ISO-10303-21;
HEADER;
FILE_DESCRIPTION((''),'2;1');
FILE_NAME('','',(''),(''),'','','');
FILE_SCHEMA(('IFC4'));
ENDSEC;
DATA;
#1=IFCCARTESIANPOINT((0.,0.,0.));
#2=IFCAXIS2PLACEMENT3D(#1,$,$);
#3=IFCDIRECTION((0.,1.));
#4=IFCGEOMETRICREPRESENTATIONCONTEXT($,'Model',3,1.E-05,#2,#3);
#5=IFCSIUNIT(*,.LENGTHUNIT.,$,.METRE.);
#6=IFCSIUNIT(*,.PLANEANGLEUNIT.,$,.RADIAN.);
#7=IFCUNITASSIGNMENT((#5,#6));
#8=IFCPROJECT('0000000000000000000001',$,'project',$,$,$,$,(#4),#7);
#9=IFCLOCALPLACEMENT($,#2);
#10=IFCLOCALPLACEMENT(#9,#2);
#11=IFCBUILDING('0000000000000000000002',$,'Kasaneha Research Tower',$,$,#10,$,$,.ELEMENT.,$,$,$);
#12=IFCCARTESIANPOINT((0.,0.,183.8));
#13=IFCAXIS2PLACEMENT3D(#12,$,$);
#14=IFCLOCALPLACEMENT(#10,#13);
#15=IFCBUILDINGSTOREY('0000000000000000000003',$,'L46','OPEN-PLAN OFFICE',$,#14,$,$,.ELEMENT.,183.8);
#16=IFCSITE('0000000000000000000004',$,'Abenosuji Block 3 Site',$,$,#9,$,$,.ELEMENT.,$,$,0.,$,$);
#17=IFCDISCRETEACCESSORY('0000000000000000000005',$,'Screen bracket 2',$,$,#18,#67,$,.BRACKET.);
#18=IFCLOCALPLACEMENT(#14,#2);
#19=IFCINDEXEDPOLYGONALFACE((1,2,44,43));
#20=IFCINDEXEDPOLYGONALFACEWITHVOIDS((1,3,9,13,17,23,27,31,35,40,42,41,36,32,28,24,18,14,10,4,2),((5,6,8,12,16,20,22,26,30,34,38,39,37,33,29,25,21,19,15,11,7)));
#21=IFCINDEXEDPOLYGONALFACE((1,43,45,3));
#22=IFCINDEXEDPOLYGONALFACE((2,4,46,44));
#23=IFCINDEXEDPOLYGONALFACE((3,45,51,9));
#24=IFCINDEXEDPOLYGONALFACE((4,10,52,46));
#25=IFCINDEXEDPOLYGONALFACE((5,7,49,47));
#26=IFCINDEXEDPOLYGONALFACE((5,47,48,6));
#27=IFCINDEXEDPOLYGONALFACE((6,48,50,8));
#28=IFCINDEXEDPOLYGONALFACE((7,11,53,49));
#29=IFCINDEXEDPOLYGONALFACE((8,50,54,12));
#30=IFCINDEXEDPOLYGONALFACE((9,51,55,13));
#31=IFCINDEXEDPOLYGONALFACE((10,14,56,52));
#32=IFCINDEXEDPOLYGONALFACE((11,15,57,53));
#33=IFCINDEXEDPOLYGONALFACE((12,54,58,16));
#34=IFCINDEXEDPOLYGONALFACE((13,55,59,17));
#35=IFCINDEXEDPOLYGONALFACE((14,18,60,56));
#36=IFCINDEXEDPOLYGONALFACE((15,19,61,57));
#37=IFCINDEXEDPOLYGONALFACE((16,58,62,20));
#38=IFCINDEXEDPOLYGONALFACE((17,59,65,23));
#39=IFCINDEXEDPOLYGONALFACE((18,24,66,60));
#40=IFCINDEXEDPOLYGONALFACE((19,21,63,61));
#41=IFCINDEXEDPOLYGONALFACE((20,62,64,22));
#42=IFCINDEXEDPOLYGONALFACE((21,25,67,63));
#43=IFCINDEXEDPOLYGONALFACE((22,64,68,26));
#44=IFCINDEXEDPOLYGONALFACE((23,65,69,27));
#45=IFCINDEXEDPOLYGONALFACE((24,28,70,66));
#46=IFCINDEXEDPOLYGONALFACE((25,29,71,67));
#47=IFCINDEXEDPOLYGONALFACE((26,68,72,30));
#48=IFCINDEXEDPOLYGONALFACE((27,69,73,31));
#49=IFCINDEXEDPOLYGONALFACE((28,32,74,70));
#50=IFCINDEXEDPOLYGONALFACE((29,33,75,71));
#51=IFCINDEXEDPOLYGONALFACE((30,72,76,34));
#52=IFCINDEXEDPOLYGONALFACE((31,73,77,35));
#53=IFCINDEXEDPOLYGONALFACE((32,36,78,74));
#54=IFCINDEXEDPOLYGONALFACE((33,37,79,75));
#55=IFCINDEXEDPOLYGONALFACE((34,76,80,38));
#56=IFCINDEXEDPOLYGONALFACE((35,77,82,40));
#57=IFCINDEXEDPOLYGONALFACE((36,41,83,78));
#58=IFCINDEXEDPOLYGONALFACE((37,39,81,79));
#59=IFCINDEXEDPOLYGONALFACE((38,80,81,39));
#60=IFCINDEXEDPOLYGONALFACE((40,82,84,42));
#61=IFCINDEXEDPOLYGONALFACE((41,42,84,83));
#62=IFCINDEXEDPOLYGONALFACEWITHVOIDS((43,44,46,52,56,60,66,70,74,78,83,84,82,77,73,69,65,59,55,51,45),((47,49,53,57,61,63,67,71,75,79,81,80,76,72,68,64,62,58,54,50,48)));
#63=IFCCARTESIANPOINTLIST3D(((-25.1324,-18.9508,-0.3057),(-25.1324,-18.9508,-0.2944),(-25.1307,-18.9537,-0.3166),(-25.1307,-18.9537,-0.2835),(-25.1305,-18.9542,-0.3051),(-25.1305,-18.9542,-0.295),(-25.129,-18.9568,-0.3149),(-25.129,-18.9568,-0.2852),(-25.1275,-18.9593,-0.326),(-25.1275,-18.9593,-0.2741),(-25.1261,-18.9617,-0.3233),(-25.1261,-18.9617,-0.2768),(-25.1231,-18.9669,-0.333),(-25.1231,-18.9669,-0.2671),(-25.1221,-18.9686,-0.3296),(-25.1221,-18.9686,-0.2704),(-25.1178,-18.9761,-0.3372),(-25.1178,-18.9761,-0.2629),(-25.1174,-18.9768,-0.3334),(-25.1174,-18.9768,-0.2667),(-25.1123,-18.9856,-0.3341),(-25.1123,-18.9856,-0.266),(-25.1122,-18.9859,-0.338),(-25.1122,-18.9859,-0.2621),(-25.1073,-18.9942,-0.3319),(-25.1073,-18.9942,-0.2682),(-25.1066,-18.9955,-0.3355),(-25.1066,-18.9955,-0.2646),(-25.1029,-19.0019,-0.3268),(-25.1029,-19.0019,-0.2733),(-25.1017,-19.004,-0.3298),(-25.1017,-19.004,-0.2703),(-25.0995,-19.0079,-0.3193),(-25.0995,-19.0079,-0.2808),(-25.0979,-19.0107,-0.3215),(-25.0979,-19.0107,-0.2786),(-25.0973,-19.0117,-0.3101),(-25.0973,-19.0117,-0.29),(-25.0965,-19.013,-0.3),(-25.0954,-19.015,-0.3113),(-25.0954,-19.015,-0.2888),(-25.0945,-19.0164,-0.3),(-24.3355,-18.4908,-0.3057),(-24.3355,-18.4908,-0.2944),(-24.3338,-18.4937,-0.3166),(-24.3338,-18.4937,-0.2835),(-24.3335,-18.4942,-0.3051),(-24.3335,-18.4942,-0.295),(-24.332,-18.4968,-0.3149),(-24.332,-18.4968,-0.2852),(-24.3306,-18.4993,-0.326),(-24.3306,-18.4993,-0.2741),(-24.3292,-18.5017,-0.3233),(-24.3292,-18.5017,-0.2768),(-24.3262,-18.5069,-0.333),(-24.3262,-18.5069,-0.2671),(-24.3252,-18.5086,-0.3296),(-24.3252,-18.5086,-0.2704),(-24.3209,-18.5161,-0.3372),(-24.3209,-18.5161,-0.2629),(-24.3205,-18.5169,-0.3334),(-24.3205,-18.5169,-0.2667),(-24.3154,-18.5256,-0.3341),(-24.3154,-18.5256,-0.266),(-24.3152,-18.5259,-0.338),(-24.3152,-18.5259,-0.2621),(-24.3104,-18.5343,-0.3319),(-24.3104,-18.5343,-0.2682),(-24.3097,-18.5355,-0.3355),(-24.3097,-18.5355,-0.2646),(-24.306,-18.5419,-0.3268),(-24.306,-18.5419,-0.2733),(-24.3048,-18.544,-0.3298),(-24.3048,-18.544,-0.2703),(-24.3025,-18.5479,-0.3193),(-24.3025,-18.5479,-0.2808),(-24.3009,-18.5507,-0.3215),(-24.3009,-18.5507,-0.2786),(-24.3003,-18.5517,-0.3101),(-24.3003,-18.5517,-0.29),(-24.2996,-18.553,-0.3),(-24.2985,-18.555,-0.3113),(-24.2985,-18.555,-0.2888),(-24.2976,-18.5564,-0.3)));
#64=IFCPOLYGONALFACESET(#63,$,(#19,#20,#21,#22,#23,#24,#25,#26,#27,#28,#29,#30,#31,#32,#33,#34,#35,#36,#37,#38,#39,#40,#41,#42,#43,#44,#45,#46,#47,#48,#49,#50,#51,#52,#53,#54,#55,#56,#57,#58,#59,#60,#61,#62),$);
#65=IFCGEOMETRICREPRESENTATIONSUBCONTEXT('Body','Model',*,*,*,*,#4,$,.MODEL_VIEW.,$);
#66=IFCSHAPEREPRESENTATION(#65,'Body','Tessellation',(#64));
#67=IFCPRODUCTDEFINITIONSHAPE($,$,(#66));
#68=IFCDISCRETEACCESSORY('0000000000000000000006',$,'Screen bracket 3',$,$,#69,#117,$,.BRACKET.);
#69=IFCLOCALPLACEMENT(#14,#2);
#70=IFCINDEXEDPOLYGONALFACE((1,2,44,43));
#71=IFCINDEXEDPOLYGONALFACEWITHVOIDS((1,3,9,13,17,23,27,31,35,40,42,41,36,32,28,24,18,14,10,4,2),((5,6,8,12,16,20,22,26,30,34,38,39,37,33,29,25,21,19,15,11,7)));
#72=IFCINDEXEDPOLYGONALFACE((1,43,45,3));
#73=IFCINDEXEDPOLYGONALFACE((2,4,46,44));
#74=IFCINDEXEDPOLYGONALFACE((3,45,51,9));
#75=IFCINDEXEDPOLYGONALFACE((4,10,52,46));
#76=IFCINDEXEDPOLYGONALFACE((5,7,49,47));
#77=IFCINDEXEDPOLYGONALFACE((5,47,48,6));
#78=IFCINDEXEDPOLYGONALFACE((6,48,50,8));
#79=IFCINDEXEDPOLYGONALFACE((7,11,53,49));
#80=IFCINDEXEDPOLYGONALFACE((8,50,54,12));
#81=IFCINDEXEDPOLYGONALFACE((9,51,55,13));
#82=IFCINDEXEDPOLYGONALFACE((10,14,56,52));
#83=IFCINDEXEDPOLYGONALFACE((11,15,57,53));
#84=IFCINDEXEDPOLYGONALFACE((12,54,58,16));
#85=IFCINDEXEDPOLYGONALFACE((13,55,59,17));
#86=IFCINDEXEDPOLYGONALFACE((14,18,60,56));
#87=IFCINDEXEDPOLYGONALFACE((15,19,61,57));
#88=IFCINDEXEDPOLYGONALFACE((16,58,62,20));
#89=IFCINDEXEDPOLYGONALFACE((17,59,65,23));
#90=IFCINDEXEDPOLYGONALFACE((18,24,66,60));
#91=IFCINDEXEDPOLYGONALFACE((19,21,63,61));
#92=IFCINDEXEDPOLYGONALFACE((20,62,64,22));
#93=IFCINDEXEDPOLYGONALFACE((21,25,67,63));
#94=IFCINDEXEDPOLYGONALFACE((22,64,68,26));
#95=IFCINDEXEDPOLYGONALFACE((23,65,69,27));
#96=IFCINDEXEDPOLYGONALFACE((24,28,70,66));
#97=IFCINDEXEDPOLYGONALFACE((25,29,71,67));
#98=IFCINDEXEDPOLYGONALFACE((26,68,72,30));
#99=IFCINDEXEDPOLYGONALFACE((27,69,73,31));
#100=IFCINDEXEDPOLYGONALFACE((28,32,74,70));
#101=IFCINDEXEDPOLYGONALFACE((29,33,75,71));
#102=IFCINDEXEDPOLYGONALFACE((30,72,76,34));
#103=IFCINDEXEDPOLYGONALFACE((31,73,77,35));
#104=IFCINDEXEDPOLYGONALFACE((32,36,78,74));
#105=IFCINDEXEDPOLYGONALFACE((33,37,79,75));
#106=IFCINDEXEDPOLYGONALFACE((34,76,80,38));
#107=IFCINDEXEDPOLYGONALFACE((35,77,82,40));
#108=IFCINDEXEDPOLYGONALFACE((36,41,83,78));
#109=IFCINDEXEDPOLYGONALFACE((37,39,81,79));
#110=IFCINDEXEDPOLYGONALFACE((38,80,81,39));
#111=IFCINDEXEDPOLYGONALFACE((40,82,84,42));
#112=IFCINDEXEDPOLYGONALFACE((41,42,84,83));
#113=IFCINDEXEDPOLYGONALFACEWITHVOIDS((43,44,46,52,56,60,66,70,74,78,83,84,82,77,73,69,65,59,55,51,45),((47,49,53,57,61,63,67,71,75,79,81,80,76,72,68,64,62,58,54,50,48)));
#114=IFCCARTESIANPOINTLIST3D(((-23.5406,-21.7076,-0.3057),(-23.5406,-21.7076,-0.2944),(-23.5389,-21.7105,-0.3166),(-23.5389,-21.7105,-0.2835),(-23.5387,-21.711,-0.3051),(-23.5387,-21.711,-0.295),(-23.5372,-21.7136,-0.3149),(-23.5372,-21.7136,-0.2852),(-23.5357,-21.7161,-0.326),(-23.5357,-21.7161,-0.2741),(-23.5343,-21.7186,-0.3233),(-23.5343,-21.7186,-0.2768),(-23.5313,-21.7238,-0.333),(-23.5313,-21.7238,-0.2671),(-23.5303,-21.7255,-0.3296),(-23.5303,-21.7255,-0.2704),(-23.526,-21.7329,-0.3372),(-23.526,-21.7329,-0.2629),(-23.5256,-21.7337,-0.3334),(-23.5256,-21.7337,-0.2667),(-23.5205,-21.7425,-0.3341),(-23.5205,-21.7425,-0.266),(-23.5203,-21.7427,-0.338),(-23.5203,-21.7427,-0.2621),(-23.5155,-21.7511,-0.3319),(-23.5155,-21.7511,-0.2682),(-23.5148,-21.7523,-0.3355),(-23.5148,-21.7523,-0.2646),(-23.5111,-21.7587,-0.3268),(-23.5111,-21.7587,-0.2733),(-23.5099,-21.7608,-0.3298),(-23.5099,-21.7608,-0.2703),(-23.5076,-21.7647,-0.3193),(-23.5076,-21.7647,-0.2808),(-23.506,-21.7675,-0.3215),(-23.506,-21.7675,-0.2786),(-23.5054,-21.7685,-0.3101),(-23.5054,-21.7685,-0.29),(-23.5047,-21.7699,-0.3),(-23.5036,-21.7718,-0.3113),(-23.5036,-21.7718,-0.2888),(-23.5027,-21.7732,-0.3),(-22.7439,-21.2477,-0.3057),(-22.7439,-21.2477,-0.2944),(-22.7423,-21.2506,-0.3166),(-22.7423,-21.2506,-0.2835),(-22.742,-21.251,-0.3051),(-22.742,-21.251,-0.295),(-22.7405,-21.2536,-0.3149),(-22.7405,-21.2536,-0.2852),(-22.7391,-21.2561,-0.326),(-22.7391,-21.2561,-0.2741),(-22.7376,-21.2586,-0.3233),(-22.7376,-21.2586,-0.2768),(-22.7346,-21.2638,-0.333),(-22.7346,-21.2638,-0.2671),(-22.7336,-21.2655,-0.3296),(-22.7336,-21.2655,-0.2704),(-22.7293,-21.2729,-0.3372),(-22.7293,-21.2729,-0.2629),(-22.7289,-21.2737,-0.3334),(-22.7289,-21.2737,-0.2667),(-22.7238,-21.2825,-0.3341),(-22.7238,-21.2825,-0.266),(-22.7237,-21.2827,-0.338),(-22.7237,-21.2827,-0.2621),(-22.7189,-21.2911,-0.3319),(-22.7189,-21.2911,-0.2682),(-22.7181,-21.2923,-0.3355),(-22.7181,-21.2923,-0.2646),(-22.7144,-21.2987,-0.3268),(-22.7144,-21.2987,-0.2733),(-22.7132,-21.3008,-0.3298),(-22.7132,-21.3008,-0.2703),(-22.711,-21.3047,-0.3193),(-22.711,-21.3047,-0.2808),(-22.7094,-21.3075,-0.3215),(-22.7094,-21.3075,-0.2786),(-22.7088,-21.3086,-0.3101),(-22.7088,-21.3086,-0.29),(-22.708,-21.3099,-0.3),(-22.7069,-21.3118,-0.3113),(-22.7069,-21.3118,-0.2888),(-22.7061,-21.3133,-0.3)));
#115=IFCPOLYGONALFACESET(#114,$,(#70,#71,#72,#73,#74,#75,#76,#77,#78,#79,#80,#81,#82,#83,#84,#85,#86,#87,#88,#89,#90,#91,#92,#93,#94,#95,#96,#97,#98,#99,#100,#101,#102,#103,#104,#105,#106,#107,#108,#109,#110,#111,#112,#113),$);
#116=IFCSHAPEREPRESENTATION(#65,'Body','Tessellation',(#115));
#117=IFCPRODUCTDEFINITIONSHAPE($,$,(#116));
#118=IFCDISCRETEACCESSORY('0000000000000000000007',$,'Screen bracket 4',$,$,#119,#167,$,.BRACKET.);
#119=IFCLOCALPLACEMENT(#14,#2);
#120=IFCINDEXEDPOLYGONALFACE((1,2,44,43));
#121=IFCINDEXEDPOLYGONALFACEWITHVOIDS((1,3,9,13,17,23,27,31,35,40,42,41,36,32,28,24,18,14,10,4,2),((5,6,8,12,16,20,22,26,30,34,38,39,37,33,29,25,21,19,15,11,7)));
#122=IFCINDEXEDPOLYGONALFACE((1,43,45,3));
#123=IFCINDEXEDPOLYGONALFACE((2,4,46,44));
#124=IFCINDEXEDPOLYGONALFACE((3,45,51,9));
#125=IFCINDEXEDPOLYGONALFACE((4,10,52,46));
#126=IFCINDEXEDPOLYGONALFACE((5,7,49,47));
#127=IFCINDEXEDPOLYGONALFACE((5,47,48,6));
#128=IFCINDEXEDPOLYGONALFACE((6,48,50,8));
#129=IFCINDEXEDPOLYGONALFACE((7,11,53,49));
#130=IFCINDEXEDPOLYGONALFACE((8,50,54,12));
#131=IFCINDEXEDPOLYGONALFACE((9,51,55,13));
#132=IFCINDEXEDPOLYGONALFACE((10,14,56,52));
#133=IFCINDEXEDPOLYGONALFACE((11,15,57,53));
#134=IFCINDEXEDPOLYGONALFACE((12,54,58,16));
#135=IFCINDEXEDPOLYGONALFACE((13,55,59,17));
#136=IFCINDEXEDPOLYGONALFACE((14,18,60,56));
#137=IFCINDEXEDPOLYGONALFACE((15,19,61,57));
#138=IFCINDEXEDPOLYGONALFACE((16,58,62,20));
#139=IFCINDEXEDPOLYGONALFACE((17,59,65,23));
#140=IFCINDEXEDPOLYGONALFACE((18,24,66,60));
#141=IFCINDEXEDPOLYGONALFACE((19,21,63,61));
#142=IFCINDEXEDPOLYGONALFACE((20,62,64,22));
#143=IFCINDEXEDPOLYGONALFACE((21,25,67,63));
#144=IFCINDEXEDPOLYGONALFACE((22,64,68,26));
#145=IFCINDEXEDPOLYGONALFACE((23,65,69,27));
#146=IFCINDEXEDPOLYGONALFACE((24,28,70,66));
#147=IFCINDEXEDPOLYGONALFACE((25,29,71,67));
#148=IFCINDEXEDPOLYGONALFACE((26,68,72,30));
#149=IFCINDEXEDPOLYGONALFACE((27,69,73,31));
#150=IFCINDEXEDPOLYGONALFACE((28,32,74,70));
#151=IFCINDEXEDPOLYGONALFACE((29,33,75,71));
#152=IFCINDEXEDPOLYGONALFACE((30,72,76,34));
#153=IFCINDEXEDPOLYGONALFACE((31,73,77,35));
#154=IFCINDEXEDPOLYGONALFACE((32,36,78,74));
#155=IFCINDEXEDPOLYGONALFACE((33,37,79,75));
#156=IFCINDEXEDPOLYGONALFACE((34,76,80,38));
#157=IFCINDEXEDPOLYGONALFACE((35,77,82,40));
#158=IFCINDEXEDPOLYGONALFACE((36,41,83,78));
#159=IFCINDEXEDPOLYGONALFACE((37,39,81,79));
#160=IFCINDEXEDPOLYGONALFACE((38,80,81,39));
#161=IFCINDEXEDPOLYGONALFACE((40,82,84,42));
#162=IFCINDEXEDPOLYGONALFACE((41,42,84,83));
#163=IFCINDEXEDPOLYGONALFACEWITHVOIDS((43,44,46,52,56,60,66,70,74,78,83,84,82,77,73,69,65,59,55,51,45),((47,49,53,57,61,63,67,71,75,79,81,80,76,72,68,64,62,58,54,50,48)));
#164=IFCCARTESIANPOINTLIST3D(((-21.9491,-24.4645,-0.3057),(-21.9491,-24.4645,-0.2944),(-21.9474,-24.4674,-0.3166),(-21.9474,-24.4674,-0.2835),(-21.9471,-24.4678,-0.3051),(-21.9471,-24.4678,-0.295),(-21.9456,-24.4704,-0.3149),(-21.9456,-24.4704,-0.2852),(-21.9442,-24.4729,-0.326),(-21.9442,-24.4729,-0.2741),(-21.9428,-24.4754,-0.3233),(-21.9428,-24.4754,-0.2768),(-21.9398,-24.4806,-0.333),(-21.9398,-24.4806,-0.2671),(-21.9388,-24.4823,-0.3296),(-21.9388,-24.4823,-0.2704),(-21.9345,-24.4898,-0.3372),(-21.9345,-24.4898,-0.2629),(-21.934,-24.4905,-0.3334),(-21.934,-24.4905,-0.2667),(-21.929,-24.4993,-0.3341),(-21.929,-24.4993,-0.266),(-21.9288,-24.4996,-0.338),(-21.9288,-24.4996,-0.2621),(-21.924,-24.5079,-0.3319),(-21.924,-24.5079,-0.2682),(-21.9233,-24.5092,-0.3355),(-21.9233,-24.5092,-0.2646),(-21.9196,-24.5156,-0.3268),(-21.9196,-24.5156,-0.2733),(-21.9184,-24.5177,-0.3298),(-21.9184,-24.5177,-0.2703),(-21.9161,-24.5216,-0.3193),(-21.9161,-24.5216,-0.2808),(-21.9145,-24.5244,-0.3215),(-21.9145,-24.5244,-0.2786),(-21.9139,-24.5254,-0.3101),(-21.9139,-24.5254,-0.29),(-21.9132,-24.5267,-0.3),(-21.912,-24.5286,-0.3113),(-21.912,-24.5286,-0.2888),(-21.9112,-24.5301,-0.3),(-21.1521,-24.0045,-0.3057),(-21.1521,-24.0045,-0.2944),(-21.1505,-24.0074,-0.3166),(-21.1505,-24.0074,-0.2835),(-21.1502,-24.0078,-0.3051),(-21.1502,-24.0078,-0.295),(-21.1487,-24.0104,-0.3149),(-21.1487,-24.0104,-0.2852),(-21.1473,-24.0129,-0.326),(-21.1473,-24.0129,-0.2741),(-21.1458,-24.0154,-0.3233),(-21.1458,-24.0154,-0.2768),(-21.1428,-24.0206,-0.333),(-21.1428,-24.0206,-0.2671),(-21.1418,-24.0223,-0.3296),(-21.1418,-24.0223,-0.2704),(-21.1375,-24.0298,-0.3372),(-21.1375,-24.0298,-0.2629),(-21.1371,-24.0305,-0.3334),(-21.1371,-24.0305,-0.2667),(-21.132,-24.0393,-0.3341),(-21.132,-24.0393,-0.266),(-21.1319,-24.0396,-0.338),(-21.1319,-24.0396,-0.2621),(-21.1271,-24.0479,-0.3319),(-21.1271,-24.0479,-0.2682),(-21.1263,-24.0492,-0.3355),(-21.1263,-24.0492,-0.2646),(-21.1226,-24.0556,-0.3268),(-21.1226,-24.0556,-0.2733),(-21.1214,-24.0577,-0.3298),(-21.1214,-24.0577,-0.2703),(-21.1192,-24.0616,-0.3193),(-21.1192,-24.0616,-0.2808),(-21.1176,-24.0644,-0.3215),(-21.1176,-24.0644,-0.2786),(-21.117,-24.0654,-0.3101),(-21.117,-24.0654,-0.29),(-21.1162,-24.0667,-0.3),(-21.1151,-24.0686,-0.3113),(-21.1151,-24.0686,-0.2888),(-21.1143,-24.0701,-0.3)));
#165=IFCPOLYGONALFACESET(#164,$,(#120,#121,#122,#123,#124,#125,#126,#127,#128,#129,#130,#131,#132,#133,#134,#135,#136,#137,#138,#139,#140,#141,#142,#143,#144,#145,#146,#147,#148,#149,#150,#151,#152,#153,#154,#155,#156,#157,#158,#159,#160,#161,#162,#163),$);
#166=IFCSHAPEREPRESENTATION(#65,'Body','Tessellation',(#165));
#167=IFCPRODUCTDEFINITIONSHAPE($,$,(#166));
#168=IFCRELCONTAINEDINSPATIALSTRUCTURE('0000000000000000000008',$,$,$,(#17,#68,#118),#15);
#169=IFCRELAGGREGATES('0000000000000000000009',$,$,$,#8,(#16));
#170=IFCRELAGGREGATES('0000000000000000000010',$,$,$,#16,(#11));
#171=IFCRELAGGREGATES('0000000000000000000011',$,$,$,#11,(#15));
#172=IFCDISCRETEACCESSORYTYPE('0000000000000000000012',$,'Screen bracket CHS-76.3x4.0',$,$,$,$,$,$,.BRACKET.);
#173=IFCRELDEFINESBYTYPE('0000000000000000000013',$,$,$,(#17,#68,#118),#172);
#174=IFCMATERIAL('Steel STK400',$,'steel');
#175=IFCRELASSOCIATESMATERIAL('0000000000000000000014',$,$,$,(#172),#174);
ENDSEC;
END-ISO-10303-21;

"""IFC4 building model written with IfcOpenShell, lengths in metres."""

from ifc_helpers import new_model, si_unit, direction, frame, origin, origin_2d, place, context, subcontext, project, spatial, hollow_circle, extrude, material, material_profile, profile_set, type_object, element, save


model = new_model("IFC4")

# Units and contexts
model_context = context("Model", 3, precision=1e-05, world=origin(), true_north=direction((0.0, 1.0)))
body_context = subcontext(model_context, "Body", "Model", "MODEL_VIEW")
ifc_project = project(units=[si_unit("LENGTHUNIT", "METRE"), si_unit("PLANEANGLEUNIT", "RADIAN")], contexts=[model_context])

# Site, building, storey
site_placement = place(None, origin())
site = spatial("IfcSite", under=ifc_project, at=site_placement, Name="Abenosuji Block 3 Site", CompositionType="ELEMENT", RefElevation=0.0)
building_placement = place(site_placement, origin())
building = spatial("IfcBuilding", under=site, at=building_placement, Name="Kasaneha Research Tower", CompositionType="ELEMENT")
storey_placement = place(building_placement, frame((0.0, 0.0, 183.8)))
storey = spatial("IfcBuildingStorey", under=building, at=storey_placement, Name="L46", Description="OPEN-PLAN OFFICE", CompositionType="ELEMENT", Elevation=183.8)

# Discrete accessories
ifc_material_1 = material(Name="Steel STK400", Category="steel")
ifc_material_profile_1 = material_profile(ifc_material_1, hollow_circle(Radius=0.0381, WallThickness=0.0039, at=origin_2d()), Name="CHS-76.3x4.0")
ifc_profile_set_1 = profile_set([ifc_material_profile_1], Name="Steel STK400")
discrete_accessory_type = type_object("IfcDiscreteAccessoryType", Name="Screen bracket CHS-76.3x4.0", PredefinedType="BRACKET", material=ifc_profile_set_1)
discrete_accessory_1_placement = place(storey_placement, frame((-24.3167, -18.5234, -0.3), z_axis=(-0.86608, -0.499906, 0.0), x_axis=(0.499906, -0.86608, 0.0)))
element("IfcDiscreteAccessory", 1, at=discrete_accessory_1_placement, inside=storey, type_object=discrete_accessory_type, Name="Screen bracket 2", PredefinedType="BRACKET", context=body_context, shape_type="SweptSolid", body=[
    extrude(hollow_circle(Radius=0.0381, WallThickness=0.0039, at=origin_2d()), origin(), (0.0, 0.0, 1.0), 0.9202),
])
discrete_accessory_2_placement = place(storey_placement, frame((-22.7251, -21.2803, -0.3), z_axis=(-0.866013, -0.500021, 0.0), x_axis=(0.500021, -0.866013, 0.0)))
element("IfcDiscreteAccessory", 2, at=discrete_accessory_2_placement, inside=storey, type_object=discrete_accessory_type, Name="Screen bracket 3", PredefinedType="BRACKET", context=body_context, shape_type="SweptSolid", body=[
    extrude(hollow_circle(Radius=0.0381, WallThickness=0.0039, at=origin_2d()), origin(), (0.0, 0.0, 1.0), 0.9199),
])
discrete_accessory_3_placement = place(storey_placement, frame((-21.1333, -24.0371, -0.3), z_axis=(-0.86608, -0.499906, 0.0), x_axis=(0.499906, -0.86608, 0.0)))
element("IfcDiscreteAccessory", 3, at=discrete_accessory_3_placement, inside=storey, type_object=discrete_accessory_type, Name="Screen bracket 4", PredefinedType="BRACKET", context=body_context, shape_type="SweptSolid", body=[
    extrude(hollow_circle(Radius=0.0381, WallThickness=0.0039, at=origin_2d()), origin(), (0.0, 0.0, 1.0), 0.9202),
])

save(model, "model.ifc")
